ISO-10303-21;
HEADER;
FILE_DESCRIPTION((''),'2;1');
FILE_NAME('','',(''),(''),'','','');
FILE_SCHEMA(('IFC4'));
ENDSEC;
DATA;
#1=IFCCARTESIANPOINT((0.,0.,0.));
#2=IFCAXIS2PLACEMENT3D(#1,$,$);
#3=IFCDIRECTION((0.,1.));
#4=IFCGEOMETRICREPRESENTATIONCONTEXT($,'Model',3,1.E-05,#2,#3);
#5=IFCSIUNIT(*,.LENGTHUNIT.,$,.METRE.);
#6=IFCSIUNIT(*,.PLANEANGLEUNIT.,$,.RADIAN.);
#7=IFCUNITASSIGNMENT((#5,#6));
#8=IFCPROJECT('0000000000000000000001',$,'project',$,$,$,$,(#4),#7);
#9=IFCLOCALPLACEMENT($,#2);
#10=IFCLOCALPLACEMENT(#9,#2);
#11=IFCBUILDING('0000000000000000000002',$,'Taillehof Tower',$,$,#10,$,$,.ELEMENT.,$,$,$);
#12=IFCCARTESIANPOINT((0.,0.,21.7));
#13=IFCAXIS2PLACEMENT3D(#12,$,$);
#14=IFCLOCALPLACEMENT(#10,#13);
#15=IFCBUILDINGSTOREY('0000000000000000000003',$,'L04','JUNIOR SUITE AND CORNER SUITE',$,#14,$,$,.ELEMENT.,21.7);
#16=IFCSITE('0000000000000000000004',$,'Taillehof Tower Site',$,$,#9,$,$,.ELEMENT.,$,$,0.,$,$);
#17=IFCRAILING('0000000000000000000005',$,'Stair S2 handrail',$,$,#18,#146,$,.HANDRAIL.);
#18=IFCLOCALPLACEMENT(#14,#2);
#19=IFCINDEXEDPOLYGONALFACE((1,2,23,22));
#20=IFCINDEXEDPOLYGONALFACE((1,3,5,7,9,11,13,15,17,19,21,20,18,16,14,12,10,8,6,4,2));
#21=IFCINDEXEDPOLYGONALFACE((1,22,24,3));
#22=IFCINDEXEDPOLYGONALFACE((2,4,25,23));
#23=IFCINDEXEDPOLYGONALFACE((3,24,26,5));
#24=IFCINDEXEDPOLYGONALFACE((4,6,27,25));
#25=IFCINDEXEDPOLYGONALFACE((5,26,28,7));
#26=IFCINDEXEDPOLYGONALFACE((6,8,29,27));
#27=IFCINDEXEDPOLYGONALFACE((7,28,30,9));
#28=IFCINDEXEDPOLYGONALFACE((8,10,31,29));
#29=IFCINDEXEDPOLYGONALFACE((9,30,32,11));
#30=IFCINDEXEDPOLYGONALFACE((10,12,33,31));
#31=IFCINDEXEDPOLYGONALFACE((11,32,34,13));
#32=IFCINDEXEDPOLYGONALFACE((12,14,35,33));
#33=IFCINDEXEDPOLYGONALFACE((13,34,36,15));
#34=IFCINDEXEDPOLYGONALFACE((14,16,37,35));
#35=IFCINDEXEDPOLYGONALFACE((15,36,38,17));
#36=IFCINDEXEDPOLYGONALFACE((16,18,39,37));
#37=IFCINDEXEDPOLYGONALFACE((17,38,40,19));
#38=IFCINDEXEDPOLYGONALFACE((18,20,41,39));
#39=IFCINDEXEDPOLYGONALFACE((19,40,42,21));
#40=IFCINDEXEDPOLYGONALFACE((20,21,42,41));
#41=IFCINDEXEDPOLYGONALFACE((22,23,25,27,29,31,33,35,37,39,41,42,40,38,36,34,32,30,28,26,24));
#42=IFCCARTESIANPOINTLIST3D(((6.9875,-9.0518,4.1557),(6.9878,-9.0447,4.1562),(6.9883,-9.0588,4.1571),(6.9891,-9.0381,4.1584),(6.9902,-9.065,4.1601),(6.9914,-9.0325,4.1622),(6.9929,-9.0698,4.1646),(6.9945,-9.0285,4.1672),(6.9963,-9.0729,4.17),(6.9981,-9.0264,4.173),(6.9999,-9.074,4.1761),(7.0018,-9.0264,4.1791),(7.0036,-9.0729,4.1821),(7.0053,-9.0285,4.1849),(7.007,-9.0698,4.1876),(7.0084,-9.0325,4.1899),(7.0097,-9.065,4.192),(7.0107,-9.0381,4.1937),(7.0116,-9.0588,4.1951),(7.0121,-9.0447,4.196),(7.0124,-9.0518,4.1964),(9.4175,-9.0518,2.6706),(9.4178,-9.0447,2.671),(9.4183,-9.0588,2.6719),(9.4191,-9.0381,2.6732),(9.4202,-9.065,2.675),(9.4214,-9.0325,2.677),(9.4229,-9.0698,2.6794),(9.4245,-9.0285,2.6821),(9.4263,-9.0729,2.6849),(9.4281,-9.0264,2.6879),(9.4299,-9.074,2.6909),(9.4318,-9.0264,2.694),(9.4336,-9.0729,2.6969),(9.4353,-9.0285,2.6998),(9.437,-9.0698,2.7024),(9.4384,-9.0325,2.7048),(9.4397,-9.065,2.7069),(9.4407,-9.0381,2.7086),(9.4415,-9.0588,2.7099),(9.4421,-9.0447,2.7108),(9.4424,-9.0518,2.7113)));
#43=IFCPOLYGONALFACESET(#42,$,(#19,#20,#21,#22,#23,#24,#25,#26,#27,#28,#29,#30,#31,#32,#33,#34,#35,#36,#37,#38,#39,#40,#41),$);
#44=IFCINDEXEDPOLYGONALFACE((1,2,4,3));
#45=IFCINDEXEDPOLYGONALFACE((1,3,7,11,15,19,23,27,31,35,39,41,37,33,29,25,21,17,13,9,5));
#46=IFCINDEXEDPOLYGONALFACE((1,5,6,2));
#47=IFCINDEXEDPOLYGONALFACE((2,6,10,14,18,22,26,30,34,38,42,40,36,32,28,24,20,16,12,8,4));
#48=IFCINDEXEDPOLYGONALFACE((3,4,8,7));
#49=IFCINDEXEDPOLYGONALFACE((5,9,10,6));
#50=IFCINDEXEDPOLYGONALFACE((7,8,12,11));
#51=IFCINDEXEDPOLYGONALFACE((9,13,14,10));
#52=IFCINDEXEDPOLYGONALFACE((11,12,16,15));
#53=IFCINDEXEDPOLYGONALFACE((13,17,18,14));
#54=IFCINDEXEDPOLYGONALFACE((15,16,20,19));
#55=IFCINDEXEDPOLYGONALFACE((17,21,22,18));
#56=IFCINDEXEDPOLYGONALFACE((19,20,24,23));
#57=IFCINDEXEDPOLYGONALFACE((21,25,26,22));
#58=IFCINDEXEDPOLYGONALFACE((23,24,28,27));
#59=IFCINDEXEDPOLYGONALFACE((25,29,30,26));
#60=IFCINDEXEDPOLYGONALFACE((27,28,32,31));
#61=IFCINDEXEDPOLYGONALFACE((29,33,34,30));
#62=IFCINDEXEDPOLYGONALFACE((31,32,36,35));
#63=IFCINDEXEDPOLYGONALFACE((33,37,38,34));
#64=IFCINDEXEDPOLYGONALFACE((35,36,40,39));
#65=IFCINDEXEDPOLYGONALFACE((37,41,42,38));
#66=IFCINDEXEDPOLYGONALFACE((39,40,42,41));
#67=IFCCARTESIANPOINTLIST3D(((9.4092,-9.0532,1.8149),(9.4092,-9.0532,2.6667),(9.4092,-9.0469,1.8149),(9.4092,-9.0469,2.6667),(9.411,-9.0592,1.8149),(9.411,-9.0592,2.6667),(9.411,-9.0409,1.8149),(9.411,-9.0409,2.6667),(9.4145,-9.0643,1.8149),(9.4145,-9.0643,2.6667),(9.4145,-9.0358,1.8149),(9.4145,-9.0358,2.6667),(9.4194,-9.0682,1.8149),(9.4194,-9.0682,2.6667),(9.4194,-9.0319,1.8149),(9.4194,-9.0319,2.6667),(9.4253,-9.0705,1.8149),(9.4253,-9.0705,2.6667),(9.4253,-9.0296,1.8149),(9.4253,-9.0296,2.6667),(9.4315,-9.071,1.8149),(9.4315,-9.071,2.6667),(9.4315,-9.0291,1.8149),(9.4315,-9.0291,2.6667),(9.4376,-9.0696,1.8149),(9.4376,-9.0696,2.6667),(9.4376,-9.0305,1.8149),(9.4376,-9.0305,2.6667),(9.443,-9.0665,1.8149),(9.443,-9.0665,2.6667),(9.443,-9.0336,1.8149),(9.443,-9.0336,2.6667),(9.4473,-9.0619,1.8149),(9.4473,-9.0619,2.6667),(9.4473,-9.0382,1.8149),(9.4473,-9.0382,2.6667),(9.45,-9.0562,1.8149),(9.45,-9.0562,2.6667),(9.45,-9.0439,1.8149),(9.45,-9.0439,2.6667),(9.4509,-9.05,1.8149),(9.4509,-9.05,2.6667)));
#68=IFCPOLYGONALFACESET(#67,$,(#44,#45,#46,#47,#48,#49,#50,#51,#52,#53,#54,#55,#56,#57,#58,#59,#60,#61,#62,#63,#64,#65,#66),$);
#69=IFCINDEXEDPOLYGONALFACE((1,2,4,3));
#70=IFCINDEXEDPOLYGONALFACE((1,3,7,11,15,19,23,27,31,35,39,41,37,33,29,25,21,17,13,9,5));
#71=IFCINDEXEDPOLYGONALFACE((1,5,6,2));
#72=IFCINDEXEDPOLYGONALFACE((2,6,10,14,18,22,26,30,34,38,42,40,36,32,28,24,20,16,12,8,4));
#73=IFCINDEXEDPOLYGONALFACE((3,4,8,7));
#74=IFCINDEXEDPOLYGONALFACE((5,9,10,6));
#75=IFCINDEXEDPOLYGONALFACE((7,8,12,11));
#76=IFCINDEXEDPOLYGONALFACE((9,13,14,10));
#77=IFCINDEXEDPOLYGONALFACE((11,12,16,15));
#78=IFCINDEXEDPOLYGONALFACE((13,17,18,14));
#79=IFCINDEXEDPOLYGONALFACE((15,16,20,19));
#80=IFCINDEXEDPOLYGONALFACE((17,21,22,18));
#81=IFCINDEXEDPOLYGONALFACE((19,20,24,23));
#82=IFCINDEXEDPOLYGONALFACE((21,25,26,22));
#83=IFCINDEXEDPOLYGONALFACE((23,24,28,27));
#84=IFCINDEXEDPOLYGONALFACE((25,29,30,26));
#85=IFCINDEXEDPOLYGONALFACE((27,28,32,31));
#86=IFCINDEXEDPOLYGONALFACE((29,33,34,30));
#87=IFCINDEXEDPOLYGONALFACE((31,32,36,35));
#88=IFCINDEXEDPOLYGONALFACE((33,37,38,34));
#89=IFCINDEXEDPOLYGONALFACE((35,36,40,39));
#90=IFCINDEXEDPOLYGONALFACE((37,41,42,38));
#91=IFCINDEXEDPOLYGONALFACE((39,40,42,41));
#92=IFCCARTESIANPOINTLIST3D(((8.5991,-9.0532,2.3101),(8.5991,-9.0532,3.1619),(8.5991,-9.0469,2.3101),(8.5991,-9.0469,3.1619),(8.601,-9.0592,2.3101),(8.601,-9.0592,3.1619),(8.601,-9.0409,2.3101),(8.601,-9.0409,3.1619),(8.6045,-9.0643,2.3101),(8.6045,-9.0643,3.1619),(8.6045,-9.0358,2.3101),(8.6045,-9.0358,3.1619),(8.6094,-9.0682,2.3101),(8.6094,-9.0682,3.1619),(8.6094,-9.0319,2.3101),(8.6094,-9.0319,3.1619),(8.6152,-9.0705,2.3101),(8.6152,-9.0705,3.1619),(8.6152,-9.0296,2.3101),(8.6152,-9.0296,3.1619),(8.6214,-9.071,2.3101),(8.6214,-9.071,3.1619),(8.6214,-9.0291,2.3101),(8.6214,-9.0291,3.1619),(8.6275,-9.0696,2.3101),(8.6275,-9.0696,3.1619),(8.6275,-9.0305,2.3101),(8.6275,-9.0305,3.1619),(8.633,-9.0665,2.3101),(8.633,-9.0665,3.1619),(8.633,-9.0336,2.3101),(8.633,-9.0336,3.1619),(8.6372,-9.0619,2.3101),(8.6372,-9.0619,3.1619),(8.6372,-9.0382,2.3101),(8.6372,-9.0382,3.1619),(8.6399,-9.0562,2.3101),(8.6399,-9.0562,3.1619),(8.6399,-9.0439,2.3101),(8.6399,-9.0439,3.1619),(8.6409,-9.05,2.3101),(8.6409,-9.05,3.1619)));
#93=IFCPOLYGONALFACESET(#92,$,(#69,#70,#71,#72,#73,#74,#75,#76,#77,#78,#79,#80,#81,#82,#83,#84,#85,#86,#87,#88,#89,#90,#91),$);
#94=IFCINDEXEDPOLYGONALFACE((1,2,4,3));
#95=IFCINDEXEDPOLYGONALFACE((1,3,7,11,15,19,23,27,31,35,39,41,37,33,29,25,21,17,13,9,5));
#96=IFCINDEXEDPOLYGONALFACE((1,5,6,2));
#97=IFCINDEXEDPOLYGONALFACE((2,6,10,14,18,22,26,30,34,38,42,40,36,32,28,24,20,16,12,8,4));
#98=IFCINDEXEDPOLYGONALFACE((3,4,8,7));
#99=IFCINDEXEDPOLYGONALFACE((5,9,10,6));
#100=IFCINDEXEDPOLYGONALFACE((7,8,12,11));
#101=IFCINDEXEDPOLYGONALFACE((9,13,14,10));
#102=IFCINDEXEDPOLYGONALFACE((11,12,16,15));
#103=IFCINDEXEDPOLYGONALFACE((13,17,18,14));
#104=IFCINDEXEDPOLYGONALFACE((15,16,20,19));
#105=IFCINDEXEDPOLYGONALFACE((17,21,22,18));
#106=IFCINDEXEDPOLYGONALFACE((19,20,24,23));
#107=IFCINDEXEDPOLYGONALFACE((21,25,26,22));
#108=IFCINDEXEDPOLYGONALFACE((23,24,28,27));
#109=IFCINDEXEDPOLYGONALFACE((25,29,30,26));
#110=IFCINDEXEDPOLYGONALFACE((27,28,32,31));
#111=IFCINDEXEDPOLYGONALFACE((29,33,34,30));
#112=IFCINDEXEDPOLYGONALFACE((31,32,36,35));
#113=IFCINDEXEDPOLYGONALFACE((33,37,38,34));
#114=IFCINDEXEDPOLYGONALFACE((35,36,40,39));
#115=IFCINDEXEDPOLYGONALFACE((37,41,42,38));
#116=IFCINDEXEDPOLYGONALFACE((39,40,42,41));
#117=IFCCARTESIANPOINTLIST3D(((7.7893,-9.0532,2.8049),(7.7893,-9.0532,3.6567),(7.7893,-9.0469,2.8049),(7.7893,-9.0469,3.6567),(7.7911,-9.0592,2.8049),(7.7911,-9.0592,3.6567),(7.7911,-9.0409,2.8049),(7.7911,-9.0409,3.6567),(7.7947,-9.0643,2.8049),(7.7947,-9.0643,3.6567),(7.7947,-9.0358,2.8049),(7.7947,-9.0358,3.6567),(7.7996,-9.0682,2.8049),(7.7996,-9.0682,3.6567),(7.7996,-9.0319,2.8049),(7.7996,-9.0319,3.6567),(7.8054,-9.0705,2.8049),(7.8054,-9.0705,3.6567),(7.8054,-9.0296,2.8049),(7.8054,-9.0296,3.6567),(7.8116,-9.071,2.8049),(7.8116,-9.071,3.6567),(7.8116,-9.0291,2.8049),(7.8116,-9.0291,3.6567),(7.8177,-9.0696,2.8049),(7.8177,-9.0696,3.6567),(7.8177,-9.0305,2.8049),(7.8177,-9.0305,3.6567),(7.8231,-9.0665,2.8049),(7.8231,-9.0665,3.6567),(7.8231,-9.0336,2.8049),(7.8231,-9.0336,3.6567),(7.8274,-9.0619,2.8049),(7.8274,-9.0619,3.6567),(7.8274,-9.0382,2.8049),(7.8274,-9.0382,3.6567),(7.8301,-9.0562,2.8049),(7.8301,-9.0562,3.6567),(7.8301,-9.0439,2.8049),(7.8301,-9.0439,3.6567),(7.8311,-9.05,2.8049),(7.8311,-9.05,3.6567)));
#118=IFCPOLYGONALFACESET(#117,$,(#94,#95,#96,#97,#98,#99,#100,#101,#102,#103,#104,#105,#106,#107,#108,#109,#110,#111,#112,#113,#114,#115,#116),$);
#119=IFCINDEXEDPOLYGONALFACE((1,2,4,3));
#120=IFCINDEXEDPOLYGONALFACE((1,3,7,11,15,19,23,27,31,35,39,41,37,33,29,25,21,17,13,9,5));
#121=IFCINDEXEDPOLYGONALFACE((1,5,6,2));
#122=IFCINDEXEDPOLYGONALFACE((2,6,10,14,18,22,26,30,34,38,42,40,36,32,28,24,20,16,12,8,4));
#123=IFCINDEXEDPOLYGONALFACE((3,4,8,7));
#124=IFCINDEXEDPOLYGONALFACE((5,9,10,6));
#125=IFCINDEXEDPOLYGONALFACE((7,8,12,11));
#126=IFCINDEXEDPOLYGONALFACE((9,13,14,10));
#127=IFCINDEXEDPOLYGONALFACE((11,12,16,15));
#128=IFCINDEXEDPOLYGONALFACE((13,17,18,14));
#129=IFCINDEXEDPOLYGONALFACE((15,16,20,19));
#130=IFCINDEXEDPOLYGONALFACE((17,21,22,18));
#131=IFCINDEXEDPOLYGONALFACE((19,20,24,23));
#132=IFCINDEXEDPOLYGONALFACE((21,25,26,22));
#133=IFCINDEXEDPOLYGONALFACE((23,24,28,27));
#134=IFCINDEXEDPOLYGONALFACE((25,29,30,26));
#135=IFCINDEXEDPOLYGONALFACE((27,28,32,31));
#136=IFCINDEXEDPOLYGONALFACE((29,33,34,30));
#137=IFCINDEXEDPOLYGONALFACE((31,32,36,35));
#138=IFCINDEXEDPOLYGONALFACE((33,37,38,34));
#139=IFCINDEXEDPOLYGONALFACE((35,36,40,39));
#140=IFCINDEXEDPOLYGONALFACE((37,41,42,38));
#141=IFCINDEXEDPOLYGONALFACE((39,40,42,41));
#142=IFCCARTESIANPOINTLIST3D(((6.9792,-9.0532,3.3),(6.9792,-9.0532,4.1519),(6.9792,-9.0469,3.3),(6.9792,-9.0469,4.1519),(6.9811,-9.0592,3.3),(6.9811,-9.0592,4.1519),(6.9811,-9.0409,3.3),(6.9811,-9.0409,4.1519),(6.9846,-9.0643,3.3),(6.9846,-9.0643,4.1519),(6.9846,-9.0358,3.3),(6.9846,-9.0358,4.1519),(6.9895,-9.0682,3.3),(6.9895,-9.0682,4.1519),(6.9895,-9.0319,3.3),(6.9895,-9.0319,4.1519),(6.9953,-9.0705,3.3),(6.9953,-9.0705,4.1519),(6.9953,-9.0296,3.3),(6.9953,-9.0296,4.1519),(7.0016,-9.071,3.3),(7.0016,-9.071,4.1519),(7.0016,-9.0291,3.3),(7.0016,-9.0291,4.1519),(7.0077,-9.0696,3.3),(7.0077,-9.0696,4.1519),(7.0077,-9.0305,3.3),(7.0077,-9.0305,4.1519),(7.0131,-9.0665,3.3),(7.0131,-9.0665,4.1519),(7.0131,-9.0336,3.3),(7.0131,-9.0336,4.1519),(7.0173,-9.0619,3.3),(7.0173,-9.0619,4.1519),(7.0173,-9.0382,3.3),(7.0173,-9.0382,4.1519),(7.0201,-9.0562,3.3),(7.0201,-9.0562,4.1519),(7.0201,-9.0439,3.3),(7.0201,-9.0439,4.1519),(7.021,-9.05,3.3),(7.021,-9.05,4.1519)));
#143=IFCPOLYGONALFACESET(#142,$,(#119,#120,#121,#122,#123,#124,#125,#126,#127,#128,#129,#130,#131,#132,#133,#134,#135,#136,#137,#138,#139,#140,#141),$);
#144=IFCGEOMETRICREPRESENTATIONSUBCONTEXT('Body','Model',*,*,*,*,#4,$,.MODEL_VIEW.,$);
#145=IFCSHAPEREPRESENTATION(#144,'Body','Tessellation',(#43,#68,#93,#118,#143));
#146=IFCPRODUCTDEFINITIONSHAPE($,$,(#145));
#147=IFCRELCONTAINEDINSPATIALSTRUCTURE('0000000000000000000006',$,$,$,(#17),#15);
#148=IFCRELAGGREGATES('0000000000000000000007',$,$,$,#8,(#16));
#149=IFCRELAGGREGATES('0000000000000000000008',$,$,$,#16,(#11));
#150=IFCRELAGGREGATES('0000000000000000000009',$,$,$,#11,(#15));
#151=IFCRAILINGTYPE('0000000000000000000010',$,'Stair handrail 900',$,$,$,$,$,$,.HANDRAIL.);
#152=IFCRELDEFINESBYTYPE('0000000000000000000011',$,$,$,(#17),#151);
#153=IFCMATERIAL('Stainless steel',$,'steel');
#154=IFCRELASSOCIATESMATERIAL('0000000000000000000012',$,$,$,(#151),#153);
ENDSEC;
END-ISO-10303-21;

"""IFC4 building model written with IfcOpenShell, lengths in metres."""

from ifc_helpers import new_model, si_unit, direction, frame, origin, origin_2d, place, context, subcontext, project, spatial, circle, extrude, material, type_object, element, save


model = new_model("IFC4")

# Units and contexts
model_context = context("Model", 3, precision=1e-05, world=origin(), true_north=direction((0.0, 1.0)))
body_context = subcontext(model_context, "Body", "Model", "MODEL_VIEW")
ifc_project = project(units=[si_unit("LENGTHUNIT", "METRE"), si_unit("PLANEANGLEUNIT", "RADIAN")], contexts=[model_context])

# Site, building, storey
site_placement = place(None, origin())
site = spatial("IfcSite", under=ifc_project, at=site_placement, Name="Taillehof Tower Site", CompositionType="ELEMENT", RefElevation=0.0)
building_placement = place(site_placement, origin())
building = spatial("IfcBuilding", under=site, at=building_placement, Name="Taillehof Tower", CompositionType="ELEMENT")
storey_placement = place(building_placement, frame((0.0, 0.0, 21.7)))
storey = spatial("IfcBuildingStorey", under=building, at=storey_placement, Name="L04", Description="JUNIOR SUITE AND CORNER SUITE", CompositionType="ELEMENT", Elevation=21.7)

# Railing
ifc_material_1 = material(Name="Stainless steel", Category="steel")
railing_type = type_object("IfcRailingType", Name="Stair handrail 900", PredefinedType="HANDRAIL", material=ifc_material_1)
railing_1_placement = place(storey_placement, frame((9.4299, -9.05, 1.8149)))
element("IfcRailing", 1, at=railing_1_placement, inside=storey, type_object=railing_type, Name="Stair S2 handrail", PredefinedType="HANDRAIL", context=body_context, shape_type="SweptSolid", body=[
    extrude(circle(Radius=0.0239, at=origin_2d()), frame((0.0, 0.0, 0.876), z_axis=(-0.853259, 0.0, 0.521488), x_axis=(0.0, -1.0, 0.0)), (0.0, 0.0, 1.0), 2.8479),
    extrude(circle(Radius=0.021, at=origin_2d()), origin(), (0.0, 0.0, 1.0), 0.8518),
    extrude(circle(Radius=0.021, at=origin_2d()), frame((-0.8101, 0.0, 0.4951)), (0.0, 0.0, 1.0), 0.8518),
    extrude(circle(Radius=0.021, at=origin_2d()), frame((-1.6199, 0.0, 0.99)), (0.0, 0.0, 1.0), 0.8518),
    extrude(circle(Radius=0.021, at=origin_2d()), frame((-2.4299, 0.0, 1.4851)), (0.0, 0.0, 1.0), 0.8518),
])

save(model, "model.ifc")
